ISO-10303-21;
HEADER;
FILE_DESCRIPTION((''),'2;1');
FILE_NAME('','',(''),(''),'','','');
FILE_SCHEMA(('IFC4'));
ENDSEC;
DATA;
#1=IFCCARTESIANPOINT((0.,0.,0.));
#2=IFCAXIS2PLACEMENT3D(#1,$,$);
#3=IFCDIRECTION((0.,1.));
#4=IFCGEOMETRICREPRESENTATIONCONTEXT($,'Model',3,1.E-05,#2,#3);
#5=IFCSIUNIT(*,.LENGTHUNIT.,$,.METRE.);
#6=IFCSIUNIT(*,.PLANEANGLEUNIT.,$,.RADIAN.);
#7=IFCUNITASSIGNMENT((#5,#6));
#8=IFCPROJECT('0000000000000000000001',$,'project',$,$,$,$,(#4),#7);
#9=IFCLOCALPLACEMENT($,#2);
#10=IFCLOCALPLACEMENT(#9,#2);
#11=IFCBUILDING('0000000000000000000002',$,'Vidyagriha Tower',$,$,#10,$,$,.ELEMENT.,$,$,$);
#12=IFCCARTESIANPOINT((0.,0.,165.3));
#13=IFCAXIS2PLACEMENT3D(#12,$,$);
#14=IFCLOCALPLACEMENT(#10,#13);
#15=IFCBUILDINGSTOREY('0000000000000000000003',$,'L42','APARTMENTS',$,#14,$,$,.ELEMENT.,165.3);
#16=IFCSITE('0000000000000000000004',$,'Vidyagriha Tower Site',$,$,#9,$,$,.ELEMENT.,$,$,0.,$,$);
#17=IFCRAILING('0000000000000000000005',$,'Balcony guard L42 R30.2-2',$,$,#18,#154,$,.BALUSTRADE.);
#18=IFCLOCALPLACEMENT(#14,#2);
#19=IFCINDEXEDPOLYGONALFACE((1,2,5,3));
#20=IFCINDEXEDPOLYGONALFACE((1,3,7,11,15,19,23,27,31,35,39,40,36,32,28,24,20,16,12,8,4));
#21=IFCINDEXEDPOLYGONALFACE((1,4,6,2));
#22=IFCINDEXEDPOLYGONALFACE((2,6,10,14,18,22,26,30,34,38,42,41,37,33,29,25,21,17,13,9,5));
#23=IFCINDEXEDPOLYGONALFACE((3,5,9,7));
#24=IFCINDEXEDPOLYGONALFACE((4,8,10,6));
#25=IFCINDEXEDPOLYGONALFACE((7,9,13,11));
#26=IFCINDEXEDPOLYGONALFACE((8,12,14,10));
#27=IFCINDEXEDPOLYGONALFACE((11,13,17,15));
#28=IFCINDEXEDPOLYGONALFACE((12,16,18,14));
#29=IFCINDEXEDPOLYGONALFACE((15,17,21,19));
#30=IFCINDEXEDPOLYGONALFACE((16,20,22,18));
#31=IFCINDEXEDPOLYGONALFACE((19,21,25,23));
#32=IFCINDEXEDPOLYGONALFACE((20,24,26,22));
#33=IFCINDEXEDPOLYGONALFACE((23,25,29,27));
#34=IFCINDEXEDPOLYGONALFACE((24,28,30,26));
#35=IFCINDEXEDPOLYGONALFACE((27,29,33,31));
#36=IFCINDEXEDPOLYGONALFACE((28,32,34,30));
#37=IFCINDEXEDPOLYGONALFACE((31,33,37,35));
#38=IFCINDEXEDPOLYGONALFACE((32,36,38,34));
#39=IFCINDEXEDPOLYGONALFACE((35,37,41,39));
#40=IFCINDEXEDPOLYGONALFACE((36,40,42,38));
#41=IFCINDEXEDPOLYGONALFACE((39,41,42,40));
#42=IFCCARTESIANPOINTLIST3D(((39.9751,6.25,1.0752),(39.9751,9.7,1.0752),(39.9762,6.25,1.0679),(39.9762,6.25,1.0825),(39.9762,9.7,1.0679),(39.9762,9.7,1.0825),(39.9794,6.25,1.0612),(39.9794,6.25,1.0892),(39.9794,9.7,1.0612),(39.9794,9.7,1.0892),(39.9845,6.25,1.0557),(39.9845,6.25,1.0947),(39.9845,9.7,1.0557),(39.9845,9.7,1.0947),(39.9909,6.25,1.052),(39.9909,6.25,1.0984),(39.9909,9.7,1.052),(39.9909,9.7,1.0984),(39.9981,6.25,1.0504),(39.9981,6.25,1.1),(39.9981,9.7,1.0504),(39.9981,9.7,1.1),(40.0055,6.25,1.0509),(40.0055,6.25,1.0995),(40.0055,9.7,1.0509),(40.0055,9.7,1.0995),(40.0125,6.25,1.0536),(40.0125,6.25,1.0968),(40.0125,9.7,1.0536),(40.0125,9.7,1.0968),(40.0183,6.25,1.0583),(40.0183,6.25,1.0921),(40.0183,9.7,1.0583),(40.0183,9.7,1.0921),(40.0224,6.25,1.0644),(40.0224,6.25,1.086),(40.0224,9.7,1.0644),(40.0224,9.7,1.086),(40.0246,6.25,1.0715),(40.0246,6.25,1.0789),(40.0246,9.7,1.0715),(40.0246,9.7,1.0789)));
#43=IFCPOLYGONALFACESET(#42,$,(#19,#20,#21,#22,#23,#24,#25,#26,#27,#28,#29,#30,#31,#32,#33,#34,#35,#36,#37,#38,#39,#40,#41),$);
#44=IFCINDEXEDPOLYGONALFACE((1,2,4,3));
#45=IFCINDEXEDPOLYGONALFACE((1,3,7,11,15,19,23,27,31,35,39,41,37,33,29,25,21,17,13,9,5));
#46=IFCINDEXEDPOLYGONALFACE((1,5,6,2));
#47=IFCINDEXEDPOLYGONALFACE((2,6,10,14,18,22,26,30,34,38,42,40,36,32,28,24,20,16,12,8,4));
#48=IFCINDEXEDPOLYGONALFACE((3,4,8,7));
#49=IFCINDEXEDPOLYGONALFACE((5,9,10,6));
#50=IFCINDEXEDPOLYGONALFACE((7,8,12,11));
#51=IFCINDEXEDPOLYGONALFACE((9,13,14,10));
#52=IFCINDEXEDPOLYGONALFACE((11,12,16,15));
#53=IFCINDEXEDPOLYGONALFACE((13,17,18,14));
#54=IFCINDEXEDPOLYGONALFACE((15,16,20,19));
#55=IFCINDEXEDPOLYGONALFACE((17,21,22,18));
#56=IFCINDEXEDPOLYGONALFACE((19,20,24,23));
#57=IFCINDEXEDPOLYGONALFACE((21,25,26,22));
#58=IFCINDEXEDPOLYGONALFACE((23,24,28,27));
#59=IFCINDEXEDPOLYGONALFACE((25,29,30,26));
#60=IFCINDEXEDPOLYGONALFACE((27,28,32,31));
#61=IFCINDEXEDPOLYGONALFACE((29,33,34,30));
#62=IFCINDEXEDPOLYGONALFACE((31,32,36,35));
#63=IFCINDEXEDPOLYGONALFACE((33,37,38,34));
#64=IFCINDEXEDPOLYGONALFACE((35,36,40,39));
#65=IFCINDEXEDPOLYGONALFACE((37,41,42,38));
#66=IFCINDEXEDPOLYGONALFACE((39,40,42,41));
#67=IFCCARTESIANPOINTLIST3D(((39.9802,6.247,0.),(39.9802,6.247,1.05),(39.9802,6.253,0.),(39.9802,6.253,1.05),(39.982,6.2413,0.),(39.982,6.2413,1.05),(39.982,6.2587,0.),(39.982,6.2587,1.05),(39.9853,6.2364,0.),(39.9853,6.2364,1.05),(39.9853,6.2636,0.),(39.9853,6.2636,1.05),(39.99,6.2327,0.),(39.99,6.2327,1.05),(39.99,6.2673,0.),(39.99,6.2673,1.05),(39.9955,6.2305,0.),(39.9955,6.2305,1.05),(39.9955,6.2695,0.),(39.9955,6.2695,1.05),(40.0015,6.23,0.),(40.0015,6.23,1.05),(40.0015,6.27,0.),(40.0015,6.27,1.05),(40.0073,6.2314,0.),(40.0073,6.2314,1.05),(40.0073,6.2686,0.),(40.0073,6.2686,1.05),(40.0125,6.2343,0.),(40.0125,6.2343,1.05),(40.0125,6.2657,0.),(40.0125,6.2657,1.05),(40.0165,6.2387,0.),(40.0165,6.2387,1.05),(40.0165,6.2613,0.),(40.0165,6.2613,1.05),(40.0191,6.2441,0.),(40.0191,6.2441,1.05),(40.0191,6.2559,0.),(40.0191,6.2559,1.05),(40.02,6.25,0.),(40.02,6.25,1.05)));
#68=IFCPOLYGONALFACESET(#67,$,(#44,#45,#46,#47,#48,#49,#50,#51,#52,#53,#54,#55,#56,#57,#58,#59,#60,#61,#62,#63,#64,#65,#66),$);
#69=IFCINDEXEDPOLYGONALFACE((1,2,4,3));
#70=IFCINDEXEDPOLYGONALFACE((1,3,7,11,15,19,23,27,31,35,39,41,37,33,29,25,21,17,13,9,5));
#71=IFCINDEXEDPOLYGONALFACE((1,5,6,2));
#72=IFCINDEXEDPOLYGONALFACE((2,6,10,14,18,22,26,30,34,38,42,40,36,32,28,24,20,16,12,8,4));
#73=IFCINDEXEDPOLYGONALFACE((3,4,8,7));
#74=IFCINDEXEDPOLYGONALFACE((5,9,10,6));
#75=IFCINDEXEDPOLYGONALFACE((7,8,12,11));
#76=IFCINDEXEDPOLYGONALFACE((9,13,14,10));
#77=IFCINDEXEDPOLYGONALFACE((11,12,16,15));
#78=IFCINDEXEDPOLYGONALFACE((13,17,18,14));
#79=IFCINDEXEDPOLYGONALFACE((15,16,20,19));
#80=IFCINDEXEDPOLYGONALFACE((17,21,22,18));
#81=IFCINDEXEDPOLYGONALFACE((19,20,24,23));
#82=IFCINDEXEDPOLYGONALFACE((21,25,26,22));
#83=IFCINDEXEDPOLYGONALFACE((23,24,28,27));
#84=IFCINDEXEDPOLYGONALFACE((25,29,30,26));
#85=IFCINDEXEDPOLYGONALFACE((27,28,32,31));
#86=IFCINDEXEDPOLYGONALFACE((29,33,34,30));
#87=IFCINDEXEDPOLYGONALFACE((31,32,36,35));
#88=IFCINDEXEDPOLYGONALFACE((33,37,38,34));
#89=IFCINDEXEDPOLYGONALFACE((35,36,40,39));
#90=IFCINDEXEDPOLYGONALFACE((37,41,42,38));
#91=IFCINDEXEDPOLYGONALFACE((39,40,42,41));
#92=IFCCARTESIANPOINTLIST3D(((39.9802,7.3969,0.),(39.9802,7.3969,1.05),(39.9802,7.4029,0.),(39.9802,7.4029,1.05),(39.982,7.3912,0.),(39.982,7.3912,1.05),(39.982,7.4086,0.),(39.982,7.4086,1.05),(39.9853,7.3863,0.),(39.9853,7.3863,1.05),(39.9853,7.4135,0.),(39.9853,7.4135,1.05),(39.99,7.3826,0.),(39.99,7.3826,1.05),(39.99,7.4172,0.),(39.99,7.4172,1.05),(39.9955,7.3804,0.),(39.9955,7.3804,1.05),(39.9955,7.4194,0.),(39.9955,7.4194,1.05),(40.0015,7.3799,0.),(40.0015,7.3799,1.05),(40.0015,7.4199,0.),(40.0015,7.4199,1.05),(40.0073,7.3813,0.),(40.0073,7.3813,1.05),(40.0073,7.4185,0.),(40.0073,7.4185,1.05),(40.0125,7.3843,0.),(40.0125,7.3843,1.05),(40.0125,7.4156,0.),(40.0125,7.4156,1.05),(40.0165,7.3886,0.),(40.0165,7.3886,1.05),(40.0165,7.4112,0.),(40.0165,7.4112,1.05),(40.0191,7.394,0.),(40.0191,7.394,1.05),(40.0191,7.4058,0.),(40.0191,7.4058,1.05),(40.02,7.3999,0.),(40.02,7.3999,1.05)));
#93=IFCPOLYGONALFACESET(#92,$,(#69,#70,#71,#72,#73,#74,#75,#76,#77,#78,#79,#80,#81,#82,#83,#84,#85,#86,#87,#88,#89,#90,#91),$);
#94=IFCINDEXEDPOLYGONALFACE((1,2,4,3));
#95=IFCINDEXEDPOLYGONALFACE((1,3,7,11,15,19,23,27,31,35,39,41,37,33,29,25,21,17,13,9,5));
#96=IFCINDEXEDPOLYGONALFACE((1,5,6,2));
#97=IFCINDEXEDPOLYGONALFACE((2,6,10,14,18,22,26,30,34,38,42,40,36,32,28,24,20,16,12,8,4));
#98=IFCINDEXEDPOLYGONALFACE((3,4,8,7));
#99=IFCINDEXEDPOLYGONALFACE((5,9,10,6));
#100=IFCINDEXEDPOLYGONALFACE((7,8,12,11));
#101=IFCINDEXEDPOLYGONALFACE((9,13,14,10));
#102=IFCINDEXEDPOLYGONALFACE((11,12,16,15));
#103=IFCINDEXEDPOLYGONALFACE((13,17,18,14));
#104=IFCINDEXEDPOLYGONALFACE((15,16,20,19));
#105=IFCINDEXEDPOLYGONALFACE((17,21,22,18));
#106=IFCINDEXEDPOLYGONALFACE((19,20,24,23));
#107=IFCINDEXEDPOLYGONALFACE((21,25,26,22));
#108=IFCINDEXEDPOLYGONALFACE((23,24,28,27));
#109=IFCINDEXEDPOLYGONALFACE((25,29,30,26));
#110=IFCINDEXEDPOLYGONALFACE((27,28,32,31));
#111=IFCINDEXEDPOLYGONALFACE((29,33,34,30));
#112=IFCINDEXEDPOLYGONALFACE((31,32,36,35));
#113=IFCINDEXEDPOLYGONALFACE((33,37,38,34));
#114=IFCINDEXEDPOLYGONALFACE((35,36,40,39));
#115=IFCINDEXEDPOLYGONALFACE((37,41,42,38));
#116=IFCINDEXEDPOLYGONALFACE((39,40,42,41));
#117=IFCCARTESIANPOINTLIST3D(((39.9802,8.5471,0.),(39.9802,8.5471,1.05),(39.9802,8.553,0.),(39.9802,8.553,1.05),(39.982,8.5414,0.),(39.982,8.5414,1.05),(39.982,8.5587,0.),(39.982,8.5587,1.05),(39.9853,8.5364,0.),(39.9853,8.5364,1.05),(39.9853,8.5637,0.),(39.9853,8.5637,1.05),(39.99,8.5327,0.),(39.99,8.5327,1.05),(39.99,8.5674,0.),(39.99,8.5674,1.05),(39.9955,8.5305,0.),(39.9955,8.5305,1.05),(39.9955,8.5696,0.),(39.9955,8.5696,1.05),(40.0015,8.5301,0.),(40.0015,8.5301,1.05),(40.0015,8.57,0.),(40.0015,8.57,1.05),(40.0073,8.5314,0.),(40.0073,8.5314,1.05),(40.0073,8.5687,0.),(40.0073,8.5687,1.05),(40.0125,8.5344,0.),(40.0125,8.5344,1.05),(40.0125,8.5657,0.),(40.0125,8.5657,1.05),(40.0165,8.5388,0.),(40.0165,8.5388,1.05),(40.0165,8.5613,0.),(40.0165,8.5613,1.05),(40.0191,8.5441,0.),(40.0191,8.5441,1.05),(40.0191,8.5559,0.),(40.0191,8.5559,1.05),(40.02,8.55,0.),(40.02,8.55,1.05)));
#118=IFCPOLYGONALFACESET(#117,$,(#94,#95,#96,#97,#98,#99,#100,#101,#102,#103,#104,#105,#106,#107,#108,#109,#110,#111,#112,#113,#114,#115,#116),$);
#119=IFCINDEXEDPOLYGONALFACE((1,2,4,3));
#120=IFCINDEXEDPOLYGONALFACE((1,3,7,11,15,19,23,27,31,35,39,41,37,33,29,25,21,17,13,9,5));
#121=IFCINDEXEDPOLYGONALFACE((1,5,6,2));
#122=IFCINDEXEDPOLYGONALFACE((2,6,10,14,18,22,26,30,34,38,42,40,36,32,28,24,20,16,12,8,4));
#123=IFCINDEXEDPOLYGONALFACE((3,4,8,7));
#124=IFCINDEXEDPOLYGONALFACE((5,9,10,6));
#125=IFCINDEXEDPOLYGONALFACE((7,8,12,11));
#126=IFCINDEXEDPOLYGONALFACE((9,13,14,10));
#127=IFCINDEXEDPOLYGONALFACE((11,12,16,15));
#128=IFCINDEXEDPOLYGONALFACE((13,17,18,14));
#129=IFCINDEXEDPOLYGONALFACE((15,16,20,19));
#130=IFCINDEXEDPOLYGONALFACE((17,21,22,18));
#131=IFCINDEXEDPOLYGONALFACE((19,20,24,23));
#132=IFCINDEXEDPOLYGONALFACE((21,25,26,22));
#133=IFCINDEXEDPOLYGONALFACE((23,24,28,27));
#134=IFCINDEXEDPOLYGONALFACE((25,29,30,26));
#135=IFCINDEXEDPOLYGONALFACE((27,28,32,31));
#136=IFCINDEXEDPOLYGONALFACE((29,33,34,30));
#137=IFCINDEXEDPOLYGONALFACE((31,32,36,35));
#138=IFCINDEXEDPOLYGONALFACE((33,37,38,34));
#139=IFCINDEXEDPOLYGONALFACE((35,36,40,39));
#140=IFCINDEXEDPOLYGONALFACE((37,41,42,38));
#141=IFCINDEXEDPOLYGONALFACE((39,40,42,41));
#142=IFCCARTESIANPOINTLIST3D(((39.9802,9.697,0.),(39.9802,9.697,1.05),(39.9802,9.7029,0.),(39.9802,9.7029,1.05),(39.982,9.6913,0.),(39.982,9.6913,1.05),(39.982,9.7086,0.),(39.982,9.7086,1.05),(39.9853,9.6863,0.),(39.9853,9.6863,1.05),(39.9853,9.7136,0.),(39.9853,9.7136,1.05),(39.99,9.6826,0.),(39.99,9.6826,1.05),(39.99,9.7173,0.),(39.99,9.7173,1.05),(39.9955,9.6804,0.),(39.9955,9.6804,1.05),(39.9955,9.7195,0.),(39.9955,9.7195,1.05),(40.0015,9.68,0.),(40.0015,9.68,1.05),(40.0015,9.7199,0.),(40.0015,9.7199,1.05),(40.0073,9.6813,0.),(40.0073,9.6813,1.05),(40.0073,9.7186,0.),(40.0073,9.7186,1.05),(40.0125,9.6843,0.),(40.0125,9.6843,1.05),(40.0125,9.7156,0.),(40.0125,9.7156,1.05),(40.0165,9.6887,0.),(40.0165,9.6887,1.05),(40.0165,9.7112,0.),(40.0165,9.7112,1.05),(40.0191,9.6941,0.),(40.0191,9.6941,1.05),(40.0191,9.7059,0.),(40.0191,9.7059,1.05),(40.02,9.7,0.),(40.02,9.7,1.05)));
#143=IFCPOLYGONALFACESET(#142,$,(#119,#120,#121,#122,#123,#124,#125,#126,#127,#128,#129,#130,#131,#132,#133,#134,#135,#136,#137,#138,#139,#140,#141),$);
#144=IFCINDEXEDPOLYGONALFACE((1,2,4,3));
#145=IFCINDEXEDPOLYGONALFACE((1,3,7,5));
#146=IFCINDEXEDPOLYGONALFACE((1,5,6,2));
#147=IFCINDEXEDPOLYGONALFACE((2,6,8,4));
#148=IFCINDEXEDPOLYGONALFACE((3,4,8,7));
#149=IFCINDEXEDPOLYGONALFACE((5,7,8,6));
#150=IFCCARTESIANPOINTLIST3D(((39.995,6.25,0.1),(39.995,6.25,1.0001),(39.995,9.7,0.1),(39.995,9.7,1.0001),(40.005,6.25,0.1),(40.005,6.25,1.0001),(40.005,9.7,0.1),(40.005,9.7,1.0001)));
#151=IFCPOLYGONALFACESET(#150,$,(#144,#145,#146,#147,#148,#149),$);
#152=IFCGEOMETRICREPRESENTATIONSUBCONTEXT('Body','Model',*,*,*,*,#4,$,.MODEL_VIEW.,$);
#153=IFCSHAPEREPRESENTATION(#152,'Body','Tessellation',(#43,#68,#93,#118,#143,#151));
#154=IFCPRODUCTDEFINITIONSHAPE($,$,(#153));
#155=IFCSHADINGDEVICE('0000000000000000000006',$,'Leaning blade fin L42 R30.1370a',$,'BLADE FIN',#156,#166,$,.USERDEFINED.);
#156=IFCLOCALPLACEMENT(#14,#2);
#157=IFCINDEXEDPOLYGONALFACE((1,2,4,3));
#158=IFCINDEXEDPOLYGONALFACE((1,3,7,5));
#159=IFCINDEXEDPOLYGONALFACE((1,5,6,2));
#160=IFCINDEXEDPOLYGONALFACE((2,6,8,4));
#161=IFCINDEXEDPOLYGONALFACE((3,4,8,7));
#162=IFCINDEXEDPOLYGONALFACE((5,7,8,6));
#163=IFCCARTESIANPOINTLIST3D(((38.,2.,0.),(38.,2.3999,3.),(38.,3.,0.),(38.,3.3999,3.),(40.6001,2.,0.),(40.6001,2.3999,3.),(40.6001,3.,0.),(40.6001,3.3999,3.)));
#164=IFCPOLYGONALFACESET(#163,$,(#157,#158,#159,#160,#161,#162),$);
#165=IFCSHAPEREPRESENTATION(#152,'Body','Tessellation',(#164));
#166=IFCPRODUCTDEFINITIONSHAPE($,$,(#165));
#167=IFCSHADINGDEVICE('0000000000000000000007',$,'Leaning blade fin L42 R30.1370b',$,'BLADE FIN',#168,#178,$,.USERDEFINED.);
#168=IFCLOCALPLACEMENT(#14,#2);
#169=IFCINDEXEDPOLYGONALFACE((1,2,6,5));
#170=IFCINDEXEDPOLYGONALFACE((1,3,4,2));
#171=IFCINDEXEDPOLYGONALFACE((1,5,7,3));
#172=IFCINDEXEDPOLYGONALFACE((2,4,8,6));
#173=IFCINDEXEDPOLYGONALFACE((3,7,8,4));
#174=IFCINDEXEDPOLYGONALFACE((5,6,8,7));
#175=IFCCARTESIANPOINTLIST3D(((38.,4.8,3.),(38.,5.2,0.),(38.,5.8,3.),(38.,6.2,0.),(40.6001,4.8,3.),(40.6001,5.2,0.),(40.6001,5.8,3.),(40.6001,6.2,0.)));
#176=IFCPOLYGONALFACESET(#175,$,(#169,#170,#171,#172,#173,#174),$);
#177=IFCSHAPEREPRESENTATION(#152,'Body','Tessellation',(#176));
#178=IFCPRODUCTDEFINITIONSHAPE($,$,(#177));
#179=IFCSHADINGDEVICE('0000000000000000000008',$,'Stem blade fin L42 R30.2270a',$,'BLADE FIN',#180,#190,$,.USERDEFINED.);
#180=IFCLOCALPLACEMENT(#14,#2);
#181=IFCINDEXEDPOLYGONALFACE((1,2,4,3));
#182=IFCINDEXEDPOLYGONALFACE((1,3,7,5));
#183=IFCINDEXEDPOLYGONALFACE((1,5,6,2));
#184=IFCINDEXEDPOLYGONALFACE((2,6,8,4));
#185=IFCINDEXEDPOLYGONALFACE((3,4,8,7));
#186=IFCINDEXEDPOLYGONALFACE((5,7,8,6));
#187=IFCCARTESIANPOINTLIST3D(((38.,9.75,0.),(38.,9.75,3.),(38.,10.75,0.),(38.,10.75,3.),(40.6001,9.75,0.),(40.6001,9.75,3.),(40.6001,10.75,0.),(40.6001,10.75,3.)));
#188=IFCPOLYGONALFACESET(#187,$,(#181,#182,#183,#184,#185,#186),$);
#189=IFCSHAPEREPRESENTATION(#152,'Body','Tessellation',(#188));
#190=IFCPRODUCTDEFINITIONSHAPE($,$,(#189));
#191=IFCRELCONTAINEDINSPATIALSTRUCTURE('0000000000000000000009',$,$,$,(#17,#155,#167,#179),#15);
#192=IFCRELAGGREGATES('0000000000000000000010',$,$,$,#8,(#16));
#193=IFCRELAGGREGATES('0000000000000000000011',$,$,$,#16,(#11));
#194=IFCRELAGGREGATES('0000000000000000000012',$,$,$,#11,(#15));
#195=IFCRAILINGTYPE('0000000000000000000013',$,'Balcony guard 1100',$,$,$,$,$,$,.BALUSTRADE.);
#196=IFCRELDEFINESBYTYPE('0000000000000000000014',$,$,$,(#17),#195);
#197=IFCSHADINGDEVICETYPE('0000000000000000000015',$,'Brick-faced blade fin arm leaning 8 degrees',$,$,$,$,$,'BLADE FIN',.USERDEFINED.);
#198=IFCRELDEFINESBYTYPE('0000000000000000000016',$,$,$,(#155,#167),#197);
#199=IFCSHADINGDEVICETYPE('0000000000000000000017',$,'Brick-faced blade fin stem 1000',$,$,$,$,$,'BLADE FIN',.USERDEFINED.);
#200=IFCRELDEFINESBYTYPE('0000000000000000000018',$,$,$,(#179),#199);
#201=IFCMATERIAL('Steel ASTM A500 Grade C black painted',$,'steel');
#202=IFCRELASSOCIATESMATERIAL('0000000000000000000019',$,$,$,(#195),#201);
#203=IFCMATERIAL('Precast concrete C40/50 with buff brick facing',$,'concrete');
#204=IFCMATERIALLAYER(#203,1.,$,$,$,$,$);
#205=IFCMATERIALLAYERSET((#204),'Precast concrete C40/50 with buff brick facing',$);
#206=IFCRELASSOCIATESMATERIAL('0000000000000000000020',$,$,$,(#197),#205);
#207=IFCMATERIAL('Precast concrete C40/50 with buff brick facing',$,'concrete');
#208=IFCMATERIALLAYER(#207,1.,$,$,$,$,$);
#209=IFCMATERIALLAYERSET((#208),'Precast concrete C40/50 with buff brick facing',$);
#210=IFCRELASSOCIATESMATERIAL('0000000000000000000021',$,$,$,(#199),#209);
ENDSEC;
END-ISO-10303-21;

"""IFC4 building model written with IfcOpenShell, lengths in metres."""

from ifc_helpers import new_model, si_unit, direction, frame, origin, origin_2d, place, context, subcontext, project, spatial, polyline, rectangle, circle, outline, extrude, material, layer, layer_set, type_object, element, save


model = new_model("IFC4")

# Units and contexts
model_context = context("Model", 3, precision=1e-05, world=origin(), true_north=direction((0.0, 1.0)))
body_context = subcontext(model_context, "Body", "Model", "MODEL_VIEW")
ifc_project = project(units=[si_unit("LENGTHUNIT", "METRE"), si_unit("PLANEANGLEUNIT", "RADIAN")], contexts=[model_context])

# Site, building, storey
site_placement = place(None, origin())
site = spatial("IfcSite", under=ifc_project, at=site_placement, Name="Vidyagriha Tower Site", CompositionType="ELEMENT", RefElevation=0.0)
building_placement = place(site_placement, origin())
building = spatial("IfcBuilding", under=site, at=building_placement, Name="Vidyagriha Tower", CompositionType="ELEMENT")
storey_placement = place(building_placement, frame((0.0, 0.0, 165.3)))
storey = spatial("IfcBuildingStorey", under=building, at=storey_placement, Name="L42", Description="APARTMENTS", CompositionType="ELEMENT", Elevation=165.3)

# Railing
ifc_material_1 = material(Name="Steel ASTM A500 Grade C black painted", Category="steel")
railing_type_1 = type_object("IfcRailingType", Name="Balcony guard 1100", PredefinedType="BALUSTRADE", material=ifc_material_1)
railing_1_placement = place(storey_placement, frame((40.0, 6.25, 0.0)))
element("IfcRailing", 1, at=railing_1_placement, inside=storey, type_object=railing_type_1, Name="Balcony guard L42 R30.2-2", PredefinedType="BALUSTRADE", context=body_context, shape_type="SweptSolid", body=[
    extrude(circle(Radius=0.0249, at=origin_2d()), frame((0.0, 0.0, 1.0752), z_axis=(0.0, 1.0, 0.0), x_axis=(-1.0, 0.0, 0.0)), (0.0, 0.0, 1.0), 3.45),
    extrude(circle(Radius=0.02, at=origin_2d()), origin(), (0.0, 0.0, 1.0), 1.05),
    extrude(circle(Radius=0.02, at=origin_2d()), frame((0.0, 1.1499, 0.0)), (0.0, 0.0, 1.0), 1.05),
    extrude(circle(Radius=0.02, at=origin_2d()), frame((0.0, 2.3, 0.0)), (0.0, 0.0, 1.0), 1.05),
    extrude(circle(Radius=0.02, at=origin_2d()), frame((0.0, 3.45, 0.0)), (0.0, 0.0, 1.0), 1.05),
    extrude(rectangle(XDim=0.01, YDim=0.9001, at=origin_2d()), frame((0.0, 0.0, 0.55), z_axis=(0.0, 1.0, 0.0), x_axis=(-1.0, 0.0, 0.0)), (0.0, 0.0, 1.0), 3.45),
])

# Shading devices
ifc_material_2 = material(Name="Precast concrete C40/50 with buff brick facing", Category="concrete")
ifc_layer_1 = layer(ifc_material_2, 1.0)
ifc_layer_set_1 = layer_set([ifc_layer_1], Name="Precast concrete C40/50 with buff brick facing")
shading_device_type_1 = type_object("IfcShadingDeviceType", Name="Brick-faced blade fin arm leaning 8 degrees", ElementType="BLADE FIN", PredefinedType="USERDEFINED", material=ifc_layer_set_1)
shading_device_1_placement = place(storey_placement, frame((39.3, 2.0, 0.0), z_axis=(0.0, 0.0, 1.0), x_axis=(0.0, 1.0, 0.0)))
element("IfcShadingDevice", 2, at=shading_device_1_placement, inside=storey, type_object=shading_device_type_1, Name="Leaning blade fin L42 R30.1370a", ObjectType="BLADE FIN", PredefinedType="USERDEFINED", context=body_context, shape_type="SweptSolid", body=[
    extrude(outline(polyline([(0.0, 0.0), (1.0, 0.0), (1.3999, 3.0), (0.3999, 3.0), (0.0, 0.0)])), frame((0.0, 1.3, 0.0), z_axis=(0.0, -1.0, 0.0), x_axis=(1.0, 0.0, 0.0)), (0.0, 0.0, 1.0), 2.6001),
])
shading_device_2_placement = place(storey_placement, frame((39.3, 4.8, 0.0), z_axis=(0.0, 0.0, 1.0), x_axis=(0.0, 1.0, 0.0)))
element("IfcShadingDevice", 3, at=shading_device_2_placement, inside=storey, type_object=shading_device_type_1, Name="Leaning blade fin L42 R30.1370b", ObjectType="BLADE FIN", PredefinedType="USERDEFINED", context=body_context, shape_type="SweptSolid", body=[
    extrude(outline(polyline([(0.3999, 0.0), (1.3999, 0.0), (1.0, 3.0), (0.0, 3.0), (0.3999, 0.0)])), frame((0.0, 1.3, 0.0), z_axis=(0.0, -1.0, 0.0), x_axis=(1.0, 0.0, 0.0)), (0.0, 0.0, 1.0), 2.6001),
])
ifc_material_3 = material(Name="Precast concrete C40/50 with buff brick facing", Category="concrete")
ifc_layer_2 = layer(ifc_material_3, 1.0)
ifc_layer_set_2 = layer_set([ifc_layer_2], Name="Precast concrete C40/50 with buff brick facing")
shading_device_type_2 = type_object("IfcShadingDeviceType", Name="Brick-faced blade fin stem 1000", ElementType="BLADE FIN", PredefinedType="USERDEFINED", material=ifc_layer_set_2)
shading_device_3_placement = place(storey_placement, frame((39.3, 9.75, 0.0), z_axis=(0.0, 0.0, 1.0), x_axis=(0.0, 1.0, 0.0)))
element("IfcShadingDevice", 4, at=shading_device_3_placement, inside=storey, type_object=shading_device_type_2, Name="Stem blade fin L42 R30.2270a", ObjectType="BLADE FIN", PredefinedType="USERDEFINED", context=body_context, shape_type="SweptSolid", body=[
    extrude(outline(polyline([(0.0, 0.0), (1.0, 0.0), (1.0, 3.0), (0.0, 3.0), (0.0, 0.0)])), frame((0.0, 1.3, 0.0), z_axis=(0.0, -1.0, 0.0), x_axis=(1.0, 0.0, 0.0)), (0.0, 0.0, 1.0), 2.6001),
])

save(model, "model.ifc")
